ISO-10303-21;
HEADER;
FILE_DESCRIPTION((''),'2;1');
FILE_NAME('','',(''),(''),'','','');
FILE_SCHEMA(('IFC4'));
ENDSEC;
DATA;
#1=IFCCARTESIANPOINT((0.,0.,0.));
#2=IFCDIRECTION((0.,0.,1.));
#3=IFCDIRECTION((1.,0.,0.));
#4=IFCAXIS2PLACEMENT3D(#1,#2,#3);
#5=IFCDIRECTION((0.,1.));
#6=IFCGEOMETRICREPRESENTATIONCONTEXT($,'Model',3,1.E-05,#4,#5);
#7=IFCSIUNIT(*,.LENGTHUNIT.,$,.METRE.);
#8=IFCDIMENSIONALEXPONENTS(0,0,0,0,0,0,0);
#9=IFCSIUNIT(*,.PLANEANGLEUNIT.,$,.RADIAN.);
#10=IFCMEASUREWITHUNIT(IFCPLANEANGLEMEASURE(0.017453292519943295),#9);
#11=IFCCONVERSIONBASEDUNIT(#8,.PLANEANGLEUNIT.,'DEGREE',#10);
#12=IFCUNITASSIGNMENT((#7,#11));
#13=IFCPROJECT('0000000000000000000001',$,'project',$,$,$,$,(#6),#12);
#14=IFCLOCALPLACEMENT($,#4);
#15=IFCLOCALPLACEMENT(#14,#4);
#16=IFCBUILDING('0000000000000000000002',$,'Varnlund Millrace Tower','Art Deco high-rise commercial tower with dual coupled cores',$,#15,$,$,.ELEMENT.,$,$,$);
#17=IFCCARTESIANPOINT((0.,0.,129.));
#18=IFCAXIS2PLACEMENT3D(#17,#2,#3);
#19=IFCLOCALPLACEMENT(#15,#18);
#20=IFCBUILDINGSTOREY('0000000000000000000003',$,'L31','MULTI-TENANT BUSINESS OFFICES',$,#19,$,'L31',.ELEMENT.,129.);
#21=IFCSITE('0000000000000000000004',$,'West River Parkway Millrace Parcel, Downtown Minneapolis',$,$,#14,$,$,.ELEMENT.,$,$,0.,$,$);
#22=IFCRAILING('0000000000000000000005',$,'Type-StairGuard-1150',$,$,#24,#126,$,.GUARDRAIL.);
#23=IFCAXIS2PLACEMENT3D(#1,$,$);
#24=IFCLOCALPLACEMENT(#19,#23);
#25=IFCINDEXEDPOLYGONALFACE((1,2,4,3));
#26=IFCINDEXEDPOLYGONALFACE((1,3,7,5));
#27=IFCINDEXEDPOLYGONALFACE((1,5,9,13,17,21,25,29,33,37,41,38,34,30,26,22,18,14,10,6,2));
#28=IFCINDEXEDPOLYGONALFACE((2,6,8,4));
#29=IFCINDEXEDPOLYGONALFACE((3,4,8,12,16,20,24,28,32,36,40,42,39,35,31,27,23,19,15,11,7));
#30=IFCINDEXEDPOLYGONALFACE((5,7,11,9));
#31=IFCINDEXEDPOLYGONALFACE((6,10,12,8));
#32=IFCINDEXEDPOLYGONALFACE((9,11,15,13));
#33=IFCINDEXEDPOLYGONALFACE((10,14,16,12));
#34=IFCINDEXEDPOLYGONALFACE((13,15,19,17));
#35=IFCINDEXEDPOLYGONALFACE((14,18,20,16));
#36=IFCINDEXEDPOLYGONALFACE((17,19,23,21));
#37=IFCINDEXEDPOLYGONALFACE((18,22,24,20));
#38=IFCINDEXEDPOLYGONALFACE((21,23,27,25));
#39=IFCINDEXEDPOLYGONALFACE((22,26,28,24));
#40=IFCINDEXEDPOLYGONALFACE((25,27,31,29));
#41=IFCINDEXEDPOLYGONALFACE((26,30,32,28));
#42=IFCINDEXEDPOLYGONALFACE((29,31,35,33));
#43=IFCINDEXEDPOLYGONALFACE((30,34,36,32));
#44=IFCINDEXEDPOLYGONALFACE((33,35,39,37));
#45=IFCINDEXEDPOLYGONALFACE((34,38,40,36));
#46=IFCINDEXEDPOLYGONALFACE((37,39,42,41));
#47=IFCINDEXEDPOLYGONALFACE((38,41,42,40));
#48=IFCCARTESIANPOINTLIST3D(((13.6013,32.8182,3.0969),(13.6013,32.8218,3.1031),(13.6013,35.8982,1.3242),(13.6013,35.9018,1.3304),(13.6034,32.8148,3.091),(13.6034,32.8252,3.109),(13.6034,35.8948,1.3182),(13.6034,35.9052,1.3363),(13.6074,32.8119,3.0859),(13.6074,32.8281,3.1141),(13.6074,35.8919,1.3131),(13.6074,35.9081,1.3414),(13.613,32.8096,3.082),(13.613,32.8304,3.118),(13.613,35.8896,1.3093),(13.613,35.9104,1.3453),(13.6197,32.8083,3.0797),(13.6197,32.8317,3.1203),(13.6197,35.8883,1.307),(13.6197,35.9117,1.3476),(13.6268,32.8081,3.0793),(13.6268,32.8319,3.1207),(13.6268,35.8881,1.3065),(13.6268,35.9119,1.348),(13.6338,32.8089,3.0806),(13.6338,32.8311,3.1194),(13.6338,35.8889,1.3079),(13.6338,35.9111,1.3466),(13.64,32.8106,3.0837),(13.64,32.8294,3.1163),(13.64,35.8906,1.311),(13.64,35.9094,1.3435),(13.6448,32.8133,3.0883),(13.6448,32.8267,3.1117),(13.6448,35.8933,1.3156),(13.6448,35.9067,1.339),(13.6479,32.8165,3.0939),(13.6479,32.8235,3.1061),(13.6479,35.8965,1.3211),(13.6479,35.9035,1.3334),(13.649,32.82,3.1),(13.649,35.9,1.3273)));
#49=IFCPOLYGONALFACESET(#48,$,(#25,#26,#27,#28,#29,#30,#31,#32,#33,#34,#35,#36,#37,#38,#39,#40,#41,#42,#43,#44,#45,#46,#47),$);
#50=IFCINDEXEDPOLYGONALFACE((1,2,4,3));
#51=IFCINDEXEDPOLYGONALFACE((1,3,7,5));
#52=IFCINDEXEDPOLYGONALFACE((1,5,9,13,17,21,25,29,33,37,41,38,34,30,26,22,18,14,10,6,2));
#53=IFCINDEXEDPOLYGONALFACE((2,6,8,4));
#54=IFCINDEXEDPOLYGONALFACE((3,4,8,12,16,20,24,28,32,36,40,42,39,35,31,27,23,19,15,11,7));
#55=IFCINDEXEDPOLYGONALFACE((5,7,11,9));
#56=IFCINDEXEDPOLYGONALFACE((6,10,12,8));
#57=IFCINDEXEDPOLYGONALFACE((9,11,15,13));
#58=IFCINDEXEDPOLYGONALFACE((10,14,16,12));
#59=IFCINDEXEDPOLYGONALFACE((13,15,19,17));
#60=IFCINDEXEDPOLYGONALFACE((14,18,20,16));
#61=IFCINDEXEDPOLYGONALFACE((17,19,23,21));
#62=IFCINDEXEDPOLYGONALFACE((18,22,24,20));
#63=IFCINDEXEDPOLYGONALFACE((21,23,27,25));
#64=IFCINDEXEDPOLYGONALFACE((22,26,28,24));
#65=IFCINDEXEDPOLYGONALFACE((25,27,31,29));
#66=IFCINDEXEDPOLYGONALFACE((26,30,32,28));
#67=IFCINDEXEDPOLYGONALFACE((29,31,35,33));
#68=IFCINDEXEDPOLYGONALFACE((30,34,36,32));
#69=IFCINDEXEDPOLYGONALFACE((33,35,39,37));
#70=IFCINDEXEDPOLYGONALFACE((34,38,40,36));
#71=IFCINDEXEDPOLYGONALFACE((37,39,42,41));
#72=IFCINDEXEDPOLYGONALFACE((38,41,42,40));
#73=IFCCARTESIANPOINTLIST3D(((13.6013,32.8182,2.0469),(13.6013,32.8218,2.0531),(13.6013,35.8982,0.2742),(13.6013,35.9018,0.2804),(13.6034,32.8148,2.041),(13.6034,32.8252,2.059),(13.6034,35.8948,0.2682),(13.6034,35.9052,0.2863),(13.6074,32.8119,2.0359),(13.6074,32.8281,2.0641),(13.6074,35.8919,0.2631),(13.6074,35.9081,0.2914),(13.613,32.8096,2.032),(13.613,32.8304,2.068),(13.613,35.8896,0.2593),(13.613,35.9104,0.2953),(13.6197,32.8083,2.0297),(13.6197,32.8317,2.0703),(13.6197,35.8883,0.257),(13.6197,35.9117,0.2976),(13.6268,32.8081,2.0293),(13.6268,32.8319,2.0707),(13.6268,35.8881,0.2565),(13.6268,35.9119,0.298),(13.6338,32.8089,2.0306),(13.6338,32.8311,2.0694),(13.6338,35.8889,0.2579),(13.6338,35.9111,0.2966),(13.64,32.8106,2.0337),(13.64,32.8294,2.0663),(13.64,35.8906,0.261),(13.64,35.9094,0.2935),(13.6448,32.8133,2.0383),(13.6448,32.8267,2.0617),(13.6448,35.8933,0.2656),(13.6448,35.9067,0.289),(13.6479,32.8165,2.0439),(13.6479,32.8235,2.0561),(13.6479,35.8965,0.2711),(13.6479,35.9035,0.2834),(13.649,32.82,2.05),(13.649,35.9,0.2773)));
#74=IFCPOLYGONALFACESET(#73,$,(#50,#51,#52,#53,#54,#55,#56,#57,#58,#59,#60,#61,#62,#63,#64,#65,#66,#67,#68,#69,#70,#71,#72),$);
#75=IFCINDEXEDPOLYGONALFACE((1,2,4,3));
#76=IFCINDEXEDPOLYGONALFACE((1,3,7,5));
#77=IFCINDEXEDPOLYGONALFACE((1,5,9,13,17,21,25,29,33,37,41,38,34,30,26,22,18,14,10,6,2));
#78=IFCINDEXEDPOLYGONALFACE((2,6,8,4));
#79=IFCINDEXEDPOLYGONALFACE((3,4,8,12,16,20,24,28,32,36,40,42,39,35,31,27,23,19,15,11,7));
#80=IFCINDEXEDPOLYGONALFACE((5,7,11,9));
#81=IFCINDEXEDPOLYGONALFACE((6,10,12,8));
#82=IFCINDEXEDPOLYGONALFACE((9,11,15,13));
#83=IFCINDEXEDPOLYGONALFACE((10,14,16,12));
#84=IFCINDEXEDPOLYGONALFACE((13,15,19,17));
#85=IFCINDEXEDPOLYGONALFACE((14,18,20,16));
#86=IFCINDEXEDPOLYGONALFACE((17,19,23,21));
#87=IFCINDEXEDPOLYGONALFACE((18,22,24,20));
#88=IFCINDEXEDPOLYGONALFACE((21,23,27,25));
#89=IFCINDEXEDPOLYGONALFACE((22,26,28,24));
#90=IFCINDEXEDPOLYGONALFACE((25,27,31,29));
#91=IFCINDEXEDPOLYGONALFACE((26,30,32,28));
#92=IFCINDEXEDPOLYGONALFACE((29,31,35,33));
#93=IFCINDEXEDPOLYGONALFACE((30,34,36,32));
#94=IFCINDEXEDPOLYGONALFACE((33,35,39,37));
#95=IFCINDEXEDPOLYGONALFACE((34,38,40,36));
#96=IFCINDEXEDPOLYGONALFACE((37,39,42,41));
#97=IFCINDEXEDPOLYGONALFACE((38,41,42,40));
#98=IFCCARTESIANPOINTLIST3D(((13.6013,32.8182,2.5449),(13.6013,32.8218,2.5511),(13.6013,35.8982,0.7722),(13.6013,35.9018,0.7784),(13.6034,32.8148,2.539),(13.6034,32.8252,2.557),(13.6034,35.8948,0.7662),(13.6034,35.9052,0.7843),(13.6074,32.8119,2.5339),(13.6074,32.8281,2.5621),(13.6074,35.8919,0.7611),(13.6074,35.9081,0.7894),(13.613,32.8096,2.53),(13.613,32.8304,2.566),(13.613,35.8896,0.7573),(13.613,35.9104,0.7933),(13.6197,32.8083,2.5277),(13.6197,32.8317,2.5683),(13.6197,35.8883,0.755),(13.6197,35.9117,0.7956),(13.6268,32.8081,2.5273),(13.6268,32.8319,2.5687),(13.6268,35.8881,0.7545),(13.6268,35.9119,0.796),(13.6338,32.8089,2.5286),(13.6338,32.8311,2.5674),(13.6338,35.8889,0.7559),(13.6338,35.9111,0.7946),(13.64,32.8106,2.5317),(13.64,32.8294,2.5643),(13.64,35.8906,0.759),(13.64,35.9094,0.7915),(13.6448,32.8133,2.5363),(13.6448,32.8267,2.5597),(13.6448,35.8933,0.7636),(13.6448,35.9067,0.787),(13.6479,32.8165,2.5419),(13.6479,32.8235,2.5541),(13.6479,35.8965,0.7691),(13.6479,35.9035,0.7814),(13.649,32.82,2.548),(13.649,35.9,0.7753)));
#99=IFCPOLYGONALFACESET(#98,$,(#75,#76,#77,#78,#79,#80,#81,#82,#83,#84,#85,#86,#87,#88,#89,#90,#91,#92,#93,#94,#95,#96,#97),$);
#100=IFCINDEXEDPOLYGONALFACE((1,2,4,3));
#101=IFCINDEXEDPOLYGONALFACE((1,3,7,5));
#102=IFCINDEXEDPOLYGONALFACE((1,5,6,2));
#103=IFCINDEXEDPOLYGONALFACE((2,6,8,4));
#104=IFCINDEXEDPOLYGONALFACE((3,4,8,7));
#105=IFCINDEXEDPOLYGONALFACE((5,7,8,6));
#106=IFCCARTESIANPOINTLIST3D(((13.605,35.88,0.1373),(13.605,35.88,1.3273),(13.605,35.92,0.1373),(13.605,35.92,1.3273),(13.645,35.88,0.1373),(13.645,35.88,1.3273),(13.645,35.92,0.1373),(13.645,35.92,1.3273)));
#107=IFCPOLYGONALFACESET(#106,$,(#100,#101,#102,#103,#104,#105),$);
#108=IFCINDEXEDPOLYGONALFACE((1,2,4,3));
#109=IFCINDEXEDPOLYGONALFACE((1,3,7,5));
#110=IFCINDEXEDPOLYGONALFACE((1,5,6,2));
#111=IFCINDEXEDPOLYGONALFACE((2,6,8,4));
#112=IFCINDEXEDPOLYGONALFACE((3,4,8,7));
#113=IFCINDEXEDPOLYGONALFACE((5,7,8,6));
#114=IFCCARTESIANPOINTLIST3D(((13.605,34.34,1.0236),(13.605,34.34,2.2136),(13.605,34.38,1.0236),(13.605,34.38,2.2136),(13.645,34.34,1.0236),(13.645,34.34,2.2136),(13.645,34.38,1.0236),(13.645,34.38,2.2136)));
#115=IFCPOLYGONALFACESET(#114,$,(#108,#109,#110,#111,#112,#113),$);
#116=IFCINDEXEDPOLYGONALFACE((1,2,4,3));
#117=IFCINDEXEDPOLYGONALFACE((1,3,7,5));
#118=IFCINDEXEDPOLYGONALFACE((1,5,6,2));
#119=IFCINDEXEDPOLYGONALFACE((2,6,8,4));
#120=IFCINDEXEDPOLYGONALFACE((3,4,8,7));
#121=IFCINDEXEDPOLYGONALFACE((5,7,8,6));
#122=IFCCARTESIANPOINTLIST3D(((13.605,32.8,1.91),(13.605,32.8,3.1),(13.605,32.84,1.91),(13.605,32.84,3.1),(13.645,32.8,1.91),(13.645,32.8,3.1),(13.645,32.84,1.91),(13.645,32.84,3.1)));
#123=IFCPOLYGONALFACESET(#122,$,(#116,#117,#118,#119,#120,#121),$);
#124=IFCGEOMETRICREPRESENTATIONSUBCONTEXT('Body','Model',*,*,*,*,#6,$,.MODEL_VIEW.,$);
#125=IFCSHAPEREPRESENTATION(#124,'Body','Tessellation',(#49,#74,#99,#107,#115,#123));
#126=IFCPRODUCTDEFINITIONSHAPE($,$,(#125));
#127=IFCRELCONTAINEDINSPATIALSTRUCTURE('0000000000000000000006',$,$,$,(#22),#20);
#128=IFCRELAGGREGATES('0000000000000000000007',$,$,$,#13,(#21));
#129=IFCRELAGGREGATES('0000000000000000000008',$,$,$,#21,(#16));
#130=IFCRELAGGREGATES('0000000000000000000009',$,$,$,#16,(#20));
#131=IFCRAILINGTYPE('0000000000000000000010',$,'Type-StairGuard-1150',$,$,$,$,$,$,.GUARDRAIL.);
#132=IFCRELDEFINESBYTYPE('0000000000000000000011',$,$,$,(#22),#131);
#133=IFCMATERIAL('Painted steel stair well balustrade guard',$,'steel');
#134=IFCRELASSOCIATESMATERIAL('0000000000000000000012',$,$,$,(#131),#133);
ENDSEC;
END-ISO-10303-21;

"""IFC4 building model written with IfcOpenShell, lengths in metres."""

from ifc_helpers import new_model, entity, si_unit, converted_unit, direction, frame, origin_with_axes, origin_2d_with_axis, place, context, subcontext, project, spatial, rectangle, circle, extrude, material, type_object, element, save


model = new_model("IFC4")

# Units and contexts
model_context = context("Model", 3, precision=1e-05, world=origin_with_axes(), true_north=direction((0.0, 1.0)))
body_context = subcontext(model_context, "Body", "Model", "MODEL_VIEW")
ifc_project = project(units=[si_unit("LENGTHUNIT", "METRE"), converted_unit("PLANEANGLEUNIT", "DEGREE", entity("IfcPlaneAngleMeasure", 0.017453292519943295), si_unit("PLANEANGLEUNIT", "RADIAN"), dimensions=[0, 0, 0, 0, 0, 0, 0])], contexts=[model_context])

# Site, building, storey
site_placement = place(None, origin_with_axes())
site = spatial("IfcSite", under=ifc_project, at=site_placement, Name="West River Parkway Millrace Parcel, Downtown Minneapolis", CompositionType="ELEMENT", RefElevation=0.0)
building_placement = place(site_placement, origin_with_axes())
building = spatial("IfcBuilding", under=site, at=building_placement, Name="Varnlund Millrace Tower", Description="Art Deco high-rise commercial tower with dual coupled cores", CompositionType="ELEMENT")
storey_placement = place(building_placement, frame((0.0, 0.0, 129.0), z_axis=(0.0, 0.0, 1.0), x_axis=(1.0, 0.0, 0.0)))
storey = spatial("IfcBuildingStorey", under=building, at=storey_placement, Name="L31", Description="MULTI-TENANT BUSINESS OFFICES", LongName="L31", CompositionType="ELEMENT", Elevation=129.0)

# Railing
ifc_material_1 = material(Name="Painted steel stair well balustrade guard", Category="steel")
railing_type_1 = type_object("IfcRailingType", Name="Type-StairGuard-1150", PredefinedType="GUARDRAIL", material=ifc_material_1)
railing_1_placement = place(storey_placement, frame((0.0, 0.0, -129.0), z_axis=(0.0, 0.0, 1.0), x_axis=(1.0, 0.0, 0.0)))
element("IfcRailing", 1, at=railing_1_placement, inside=storey, type_object=railing_type_1, Name="Type-StairGuard-1150", PredefinedType="GUARDRAIL", context=body_context, shape_type="SweptSolid", body=[
    extrude(circle(Radius=0.024, at=origin_2d_with_axis()), frame((13.625, 35.9, 130.3273), z_axis=(0.0, -0.866696, 0.498836), x_axis=(1.0, 0.0, 0.0)), (0.0, 0.0, 1.0), 3.5537),
    extrude(circle(Radius=0.024, at=origin_2d_with_axis()), frame((13.625, 35.9, 129.2773), z_axis=(0.0, -0.866696, 0.498836), x_axis=(1.0, 0.0, 0.0)), (0.0, 0.0, 1.0), 3.5537),
    extrude(circle(Radius=0.024, at=origin_2d_with_axis()), frame((13.625, 35.9, 129.7753), z_axis=(0.0, -0.866696, 0.498836), x_axis=(1.0, 0.0, 0.0)), (0.0, 0.0, 1.0), 3.5537),
    extrude(rectangle(XDim=0.04, YDim=0.04, at=origin_2d_with_axis()), frame((13.625, 35.9, 129.1373), z_axis=(0.0, 0.0, 1.0), x_axis=(1.0, 0.0, 0.0)), (0.0, 0.0, 1.0), 1.19),
    extrude(rectangle(XDim=0.04, YDim=0.04, at=origin_2d_with_axis()), frame((13.625, 34.36, 130.0236), z_axis=(0.0, 0.0, 1.0), x_axis=(1.0, 0.0, 0.0)), (0.0, 0.0, 1.0), 1.19),
    extrude(rectangle(XDim=0.04, YDim=0.04, at=origin_2d_with_axis()), frame((13.625, 32.82, 130.91), z_axis=(0.0, 0.0, 1.0), x_axis=(1.0, 0.0, 0.0)), (0.0, 0.0, 1.0), 1.19),
])

save(model, "model.ifc")
